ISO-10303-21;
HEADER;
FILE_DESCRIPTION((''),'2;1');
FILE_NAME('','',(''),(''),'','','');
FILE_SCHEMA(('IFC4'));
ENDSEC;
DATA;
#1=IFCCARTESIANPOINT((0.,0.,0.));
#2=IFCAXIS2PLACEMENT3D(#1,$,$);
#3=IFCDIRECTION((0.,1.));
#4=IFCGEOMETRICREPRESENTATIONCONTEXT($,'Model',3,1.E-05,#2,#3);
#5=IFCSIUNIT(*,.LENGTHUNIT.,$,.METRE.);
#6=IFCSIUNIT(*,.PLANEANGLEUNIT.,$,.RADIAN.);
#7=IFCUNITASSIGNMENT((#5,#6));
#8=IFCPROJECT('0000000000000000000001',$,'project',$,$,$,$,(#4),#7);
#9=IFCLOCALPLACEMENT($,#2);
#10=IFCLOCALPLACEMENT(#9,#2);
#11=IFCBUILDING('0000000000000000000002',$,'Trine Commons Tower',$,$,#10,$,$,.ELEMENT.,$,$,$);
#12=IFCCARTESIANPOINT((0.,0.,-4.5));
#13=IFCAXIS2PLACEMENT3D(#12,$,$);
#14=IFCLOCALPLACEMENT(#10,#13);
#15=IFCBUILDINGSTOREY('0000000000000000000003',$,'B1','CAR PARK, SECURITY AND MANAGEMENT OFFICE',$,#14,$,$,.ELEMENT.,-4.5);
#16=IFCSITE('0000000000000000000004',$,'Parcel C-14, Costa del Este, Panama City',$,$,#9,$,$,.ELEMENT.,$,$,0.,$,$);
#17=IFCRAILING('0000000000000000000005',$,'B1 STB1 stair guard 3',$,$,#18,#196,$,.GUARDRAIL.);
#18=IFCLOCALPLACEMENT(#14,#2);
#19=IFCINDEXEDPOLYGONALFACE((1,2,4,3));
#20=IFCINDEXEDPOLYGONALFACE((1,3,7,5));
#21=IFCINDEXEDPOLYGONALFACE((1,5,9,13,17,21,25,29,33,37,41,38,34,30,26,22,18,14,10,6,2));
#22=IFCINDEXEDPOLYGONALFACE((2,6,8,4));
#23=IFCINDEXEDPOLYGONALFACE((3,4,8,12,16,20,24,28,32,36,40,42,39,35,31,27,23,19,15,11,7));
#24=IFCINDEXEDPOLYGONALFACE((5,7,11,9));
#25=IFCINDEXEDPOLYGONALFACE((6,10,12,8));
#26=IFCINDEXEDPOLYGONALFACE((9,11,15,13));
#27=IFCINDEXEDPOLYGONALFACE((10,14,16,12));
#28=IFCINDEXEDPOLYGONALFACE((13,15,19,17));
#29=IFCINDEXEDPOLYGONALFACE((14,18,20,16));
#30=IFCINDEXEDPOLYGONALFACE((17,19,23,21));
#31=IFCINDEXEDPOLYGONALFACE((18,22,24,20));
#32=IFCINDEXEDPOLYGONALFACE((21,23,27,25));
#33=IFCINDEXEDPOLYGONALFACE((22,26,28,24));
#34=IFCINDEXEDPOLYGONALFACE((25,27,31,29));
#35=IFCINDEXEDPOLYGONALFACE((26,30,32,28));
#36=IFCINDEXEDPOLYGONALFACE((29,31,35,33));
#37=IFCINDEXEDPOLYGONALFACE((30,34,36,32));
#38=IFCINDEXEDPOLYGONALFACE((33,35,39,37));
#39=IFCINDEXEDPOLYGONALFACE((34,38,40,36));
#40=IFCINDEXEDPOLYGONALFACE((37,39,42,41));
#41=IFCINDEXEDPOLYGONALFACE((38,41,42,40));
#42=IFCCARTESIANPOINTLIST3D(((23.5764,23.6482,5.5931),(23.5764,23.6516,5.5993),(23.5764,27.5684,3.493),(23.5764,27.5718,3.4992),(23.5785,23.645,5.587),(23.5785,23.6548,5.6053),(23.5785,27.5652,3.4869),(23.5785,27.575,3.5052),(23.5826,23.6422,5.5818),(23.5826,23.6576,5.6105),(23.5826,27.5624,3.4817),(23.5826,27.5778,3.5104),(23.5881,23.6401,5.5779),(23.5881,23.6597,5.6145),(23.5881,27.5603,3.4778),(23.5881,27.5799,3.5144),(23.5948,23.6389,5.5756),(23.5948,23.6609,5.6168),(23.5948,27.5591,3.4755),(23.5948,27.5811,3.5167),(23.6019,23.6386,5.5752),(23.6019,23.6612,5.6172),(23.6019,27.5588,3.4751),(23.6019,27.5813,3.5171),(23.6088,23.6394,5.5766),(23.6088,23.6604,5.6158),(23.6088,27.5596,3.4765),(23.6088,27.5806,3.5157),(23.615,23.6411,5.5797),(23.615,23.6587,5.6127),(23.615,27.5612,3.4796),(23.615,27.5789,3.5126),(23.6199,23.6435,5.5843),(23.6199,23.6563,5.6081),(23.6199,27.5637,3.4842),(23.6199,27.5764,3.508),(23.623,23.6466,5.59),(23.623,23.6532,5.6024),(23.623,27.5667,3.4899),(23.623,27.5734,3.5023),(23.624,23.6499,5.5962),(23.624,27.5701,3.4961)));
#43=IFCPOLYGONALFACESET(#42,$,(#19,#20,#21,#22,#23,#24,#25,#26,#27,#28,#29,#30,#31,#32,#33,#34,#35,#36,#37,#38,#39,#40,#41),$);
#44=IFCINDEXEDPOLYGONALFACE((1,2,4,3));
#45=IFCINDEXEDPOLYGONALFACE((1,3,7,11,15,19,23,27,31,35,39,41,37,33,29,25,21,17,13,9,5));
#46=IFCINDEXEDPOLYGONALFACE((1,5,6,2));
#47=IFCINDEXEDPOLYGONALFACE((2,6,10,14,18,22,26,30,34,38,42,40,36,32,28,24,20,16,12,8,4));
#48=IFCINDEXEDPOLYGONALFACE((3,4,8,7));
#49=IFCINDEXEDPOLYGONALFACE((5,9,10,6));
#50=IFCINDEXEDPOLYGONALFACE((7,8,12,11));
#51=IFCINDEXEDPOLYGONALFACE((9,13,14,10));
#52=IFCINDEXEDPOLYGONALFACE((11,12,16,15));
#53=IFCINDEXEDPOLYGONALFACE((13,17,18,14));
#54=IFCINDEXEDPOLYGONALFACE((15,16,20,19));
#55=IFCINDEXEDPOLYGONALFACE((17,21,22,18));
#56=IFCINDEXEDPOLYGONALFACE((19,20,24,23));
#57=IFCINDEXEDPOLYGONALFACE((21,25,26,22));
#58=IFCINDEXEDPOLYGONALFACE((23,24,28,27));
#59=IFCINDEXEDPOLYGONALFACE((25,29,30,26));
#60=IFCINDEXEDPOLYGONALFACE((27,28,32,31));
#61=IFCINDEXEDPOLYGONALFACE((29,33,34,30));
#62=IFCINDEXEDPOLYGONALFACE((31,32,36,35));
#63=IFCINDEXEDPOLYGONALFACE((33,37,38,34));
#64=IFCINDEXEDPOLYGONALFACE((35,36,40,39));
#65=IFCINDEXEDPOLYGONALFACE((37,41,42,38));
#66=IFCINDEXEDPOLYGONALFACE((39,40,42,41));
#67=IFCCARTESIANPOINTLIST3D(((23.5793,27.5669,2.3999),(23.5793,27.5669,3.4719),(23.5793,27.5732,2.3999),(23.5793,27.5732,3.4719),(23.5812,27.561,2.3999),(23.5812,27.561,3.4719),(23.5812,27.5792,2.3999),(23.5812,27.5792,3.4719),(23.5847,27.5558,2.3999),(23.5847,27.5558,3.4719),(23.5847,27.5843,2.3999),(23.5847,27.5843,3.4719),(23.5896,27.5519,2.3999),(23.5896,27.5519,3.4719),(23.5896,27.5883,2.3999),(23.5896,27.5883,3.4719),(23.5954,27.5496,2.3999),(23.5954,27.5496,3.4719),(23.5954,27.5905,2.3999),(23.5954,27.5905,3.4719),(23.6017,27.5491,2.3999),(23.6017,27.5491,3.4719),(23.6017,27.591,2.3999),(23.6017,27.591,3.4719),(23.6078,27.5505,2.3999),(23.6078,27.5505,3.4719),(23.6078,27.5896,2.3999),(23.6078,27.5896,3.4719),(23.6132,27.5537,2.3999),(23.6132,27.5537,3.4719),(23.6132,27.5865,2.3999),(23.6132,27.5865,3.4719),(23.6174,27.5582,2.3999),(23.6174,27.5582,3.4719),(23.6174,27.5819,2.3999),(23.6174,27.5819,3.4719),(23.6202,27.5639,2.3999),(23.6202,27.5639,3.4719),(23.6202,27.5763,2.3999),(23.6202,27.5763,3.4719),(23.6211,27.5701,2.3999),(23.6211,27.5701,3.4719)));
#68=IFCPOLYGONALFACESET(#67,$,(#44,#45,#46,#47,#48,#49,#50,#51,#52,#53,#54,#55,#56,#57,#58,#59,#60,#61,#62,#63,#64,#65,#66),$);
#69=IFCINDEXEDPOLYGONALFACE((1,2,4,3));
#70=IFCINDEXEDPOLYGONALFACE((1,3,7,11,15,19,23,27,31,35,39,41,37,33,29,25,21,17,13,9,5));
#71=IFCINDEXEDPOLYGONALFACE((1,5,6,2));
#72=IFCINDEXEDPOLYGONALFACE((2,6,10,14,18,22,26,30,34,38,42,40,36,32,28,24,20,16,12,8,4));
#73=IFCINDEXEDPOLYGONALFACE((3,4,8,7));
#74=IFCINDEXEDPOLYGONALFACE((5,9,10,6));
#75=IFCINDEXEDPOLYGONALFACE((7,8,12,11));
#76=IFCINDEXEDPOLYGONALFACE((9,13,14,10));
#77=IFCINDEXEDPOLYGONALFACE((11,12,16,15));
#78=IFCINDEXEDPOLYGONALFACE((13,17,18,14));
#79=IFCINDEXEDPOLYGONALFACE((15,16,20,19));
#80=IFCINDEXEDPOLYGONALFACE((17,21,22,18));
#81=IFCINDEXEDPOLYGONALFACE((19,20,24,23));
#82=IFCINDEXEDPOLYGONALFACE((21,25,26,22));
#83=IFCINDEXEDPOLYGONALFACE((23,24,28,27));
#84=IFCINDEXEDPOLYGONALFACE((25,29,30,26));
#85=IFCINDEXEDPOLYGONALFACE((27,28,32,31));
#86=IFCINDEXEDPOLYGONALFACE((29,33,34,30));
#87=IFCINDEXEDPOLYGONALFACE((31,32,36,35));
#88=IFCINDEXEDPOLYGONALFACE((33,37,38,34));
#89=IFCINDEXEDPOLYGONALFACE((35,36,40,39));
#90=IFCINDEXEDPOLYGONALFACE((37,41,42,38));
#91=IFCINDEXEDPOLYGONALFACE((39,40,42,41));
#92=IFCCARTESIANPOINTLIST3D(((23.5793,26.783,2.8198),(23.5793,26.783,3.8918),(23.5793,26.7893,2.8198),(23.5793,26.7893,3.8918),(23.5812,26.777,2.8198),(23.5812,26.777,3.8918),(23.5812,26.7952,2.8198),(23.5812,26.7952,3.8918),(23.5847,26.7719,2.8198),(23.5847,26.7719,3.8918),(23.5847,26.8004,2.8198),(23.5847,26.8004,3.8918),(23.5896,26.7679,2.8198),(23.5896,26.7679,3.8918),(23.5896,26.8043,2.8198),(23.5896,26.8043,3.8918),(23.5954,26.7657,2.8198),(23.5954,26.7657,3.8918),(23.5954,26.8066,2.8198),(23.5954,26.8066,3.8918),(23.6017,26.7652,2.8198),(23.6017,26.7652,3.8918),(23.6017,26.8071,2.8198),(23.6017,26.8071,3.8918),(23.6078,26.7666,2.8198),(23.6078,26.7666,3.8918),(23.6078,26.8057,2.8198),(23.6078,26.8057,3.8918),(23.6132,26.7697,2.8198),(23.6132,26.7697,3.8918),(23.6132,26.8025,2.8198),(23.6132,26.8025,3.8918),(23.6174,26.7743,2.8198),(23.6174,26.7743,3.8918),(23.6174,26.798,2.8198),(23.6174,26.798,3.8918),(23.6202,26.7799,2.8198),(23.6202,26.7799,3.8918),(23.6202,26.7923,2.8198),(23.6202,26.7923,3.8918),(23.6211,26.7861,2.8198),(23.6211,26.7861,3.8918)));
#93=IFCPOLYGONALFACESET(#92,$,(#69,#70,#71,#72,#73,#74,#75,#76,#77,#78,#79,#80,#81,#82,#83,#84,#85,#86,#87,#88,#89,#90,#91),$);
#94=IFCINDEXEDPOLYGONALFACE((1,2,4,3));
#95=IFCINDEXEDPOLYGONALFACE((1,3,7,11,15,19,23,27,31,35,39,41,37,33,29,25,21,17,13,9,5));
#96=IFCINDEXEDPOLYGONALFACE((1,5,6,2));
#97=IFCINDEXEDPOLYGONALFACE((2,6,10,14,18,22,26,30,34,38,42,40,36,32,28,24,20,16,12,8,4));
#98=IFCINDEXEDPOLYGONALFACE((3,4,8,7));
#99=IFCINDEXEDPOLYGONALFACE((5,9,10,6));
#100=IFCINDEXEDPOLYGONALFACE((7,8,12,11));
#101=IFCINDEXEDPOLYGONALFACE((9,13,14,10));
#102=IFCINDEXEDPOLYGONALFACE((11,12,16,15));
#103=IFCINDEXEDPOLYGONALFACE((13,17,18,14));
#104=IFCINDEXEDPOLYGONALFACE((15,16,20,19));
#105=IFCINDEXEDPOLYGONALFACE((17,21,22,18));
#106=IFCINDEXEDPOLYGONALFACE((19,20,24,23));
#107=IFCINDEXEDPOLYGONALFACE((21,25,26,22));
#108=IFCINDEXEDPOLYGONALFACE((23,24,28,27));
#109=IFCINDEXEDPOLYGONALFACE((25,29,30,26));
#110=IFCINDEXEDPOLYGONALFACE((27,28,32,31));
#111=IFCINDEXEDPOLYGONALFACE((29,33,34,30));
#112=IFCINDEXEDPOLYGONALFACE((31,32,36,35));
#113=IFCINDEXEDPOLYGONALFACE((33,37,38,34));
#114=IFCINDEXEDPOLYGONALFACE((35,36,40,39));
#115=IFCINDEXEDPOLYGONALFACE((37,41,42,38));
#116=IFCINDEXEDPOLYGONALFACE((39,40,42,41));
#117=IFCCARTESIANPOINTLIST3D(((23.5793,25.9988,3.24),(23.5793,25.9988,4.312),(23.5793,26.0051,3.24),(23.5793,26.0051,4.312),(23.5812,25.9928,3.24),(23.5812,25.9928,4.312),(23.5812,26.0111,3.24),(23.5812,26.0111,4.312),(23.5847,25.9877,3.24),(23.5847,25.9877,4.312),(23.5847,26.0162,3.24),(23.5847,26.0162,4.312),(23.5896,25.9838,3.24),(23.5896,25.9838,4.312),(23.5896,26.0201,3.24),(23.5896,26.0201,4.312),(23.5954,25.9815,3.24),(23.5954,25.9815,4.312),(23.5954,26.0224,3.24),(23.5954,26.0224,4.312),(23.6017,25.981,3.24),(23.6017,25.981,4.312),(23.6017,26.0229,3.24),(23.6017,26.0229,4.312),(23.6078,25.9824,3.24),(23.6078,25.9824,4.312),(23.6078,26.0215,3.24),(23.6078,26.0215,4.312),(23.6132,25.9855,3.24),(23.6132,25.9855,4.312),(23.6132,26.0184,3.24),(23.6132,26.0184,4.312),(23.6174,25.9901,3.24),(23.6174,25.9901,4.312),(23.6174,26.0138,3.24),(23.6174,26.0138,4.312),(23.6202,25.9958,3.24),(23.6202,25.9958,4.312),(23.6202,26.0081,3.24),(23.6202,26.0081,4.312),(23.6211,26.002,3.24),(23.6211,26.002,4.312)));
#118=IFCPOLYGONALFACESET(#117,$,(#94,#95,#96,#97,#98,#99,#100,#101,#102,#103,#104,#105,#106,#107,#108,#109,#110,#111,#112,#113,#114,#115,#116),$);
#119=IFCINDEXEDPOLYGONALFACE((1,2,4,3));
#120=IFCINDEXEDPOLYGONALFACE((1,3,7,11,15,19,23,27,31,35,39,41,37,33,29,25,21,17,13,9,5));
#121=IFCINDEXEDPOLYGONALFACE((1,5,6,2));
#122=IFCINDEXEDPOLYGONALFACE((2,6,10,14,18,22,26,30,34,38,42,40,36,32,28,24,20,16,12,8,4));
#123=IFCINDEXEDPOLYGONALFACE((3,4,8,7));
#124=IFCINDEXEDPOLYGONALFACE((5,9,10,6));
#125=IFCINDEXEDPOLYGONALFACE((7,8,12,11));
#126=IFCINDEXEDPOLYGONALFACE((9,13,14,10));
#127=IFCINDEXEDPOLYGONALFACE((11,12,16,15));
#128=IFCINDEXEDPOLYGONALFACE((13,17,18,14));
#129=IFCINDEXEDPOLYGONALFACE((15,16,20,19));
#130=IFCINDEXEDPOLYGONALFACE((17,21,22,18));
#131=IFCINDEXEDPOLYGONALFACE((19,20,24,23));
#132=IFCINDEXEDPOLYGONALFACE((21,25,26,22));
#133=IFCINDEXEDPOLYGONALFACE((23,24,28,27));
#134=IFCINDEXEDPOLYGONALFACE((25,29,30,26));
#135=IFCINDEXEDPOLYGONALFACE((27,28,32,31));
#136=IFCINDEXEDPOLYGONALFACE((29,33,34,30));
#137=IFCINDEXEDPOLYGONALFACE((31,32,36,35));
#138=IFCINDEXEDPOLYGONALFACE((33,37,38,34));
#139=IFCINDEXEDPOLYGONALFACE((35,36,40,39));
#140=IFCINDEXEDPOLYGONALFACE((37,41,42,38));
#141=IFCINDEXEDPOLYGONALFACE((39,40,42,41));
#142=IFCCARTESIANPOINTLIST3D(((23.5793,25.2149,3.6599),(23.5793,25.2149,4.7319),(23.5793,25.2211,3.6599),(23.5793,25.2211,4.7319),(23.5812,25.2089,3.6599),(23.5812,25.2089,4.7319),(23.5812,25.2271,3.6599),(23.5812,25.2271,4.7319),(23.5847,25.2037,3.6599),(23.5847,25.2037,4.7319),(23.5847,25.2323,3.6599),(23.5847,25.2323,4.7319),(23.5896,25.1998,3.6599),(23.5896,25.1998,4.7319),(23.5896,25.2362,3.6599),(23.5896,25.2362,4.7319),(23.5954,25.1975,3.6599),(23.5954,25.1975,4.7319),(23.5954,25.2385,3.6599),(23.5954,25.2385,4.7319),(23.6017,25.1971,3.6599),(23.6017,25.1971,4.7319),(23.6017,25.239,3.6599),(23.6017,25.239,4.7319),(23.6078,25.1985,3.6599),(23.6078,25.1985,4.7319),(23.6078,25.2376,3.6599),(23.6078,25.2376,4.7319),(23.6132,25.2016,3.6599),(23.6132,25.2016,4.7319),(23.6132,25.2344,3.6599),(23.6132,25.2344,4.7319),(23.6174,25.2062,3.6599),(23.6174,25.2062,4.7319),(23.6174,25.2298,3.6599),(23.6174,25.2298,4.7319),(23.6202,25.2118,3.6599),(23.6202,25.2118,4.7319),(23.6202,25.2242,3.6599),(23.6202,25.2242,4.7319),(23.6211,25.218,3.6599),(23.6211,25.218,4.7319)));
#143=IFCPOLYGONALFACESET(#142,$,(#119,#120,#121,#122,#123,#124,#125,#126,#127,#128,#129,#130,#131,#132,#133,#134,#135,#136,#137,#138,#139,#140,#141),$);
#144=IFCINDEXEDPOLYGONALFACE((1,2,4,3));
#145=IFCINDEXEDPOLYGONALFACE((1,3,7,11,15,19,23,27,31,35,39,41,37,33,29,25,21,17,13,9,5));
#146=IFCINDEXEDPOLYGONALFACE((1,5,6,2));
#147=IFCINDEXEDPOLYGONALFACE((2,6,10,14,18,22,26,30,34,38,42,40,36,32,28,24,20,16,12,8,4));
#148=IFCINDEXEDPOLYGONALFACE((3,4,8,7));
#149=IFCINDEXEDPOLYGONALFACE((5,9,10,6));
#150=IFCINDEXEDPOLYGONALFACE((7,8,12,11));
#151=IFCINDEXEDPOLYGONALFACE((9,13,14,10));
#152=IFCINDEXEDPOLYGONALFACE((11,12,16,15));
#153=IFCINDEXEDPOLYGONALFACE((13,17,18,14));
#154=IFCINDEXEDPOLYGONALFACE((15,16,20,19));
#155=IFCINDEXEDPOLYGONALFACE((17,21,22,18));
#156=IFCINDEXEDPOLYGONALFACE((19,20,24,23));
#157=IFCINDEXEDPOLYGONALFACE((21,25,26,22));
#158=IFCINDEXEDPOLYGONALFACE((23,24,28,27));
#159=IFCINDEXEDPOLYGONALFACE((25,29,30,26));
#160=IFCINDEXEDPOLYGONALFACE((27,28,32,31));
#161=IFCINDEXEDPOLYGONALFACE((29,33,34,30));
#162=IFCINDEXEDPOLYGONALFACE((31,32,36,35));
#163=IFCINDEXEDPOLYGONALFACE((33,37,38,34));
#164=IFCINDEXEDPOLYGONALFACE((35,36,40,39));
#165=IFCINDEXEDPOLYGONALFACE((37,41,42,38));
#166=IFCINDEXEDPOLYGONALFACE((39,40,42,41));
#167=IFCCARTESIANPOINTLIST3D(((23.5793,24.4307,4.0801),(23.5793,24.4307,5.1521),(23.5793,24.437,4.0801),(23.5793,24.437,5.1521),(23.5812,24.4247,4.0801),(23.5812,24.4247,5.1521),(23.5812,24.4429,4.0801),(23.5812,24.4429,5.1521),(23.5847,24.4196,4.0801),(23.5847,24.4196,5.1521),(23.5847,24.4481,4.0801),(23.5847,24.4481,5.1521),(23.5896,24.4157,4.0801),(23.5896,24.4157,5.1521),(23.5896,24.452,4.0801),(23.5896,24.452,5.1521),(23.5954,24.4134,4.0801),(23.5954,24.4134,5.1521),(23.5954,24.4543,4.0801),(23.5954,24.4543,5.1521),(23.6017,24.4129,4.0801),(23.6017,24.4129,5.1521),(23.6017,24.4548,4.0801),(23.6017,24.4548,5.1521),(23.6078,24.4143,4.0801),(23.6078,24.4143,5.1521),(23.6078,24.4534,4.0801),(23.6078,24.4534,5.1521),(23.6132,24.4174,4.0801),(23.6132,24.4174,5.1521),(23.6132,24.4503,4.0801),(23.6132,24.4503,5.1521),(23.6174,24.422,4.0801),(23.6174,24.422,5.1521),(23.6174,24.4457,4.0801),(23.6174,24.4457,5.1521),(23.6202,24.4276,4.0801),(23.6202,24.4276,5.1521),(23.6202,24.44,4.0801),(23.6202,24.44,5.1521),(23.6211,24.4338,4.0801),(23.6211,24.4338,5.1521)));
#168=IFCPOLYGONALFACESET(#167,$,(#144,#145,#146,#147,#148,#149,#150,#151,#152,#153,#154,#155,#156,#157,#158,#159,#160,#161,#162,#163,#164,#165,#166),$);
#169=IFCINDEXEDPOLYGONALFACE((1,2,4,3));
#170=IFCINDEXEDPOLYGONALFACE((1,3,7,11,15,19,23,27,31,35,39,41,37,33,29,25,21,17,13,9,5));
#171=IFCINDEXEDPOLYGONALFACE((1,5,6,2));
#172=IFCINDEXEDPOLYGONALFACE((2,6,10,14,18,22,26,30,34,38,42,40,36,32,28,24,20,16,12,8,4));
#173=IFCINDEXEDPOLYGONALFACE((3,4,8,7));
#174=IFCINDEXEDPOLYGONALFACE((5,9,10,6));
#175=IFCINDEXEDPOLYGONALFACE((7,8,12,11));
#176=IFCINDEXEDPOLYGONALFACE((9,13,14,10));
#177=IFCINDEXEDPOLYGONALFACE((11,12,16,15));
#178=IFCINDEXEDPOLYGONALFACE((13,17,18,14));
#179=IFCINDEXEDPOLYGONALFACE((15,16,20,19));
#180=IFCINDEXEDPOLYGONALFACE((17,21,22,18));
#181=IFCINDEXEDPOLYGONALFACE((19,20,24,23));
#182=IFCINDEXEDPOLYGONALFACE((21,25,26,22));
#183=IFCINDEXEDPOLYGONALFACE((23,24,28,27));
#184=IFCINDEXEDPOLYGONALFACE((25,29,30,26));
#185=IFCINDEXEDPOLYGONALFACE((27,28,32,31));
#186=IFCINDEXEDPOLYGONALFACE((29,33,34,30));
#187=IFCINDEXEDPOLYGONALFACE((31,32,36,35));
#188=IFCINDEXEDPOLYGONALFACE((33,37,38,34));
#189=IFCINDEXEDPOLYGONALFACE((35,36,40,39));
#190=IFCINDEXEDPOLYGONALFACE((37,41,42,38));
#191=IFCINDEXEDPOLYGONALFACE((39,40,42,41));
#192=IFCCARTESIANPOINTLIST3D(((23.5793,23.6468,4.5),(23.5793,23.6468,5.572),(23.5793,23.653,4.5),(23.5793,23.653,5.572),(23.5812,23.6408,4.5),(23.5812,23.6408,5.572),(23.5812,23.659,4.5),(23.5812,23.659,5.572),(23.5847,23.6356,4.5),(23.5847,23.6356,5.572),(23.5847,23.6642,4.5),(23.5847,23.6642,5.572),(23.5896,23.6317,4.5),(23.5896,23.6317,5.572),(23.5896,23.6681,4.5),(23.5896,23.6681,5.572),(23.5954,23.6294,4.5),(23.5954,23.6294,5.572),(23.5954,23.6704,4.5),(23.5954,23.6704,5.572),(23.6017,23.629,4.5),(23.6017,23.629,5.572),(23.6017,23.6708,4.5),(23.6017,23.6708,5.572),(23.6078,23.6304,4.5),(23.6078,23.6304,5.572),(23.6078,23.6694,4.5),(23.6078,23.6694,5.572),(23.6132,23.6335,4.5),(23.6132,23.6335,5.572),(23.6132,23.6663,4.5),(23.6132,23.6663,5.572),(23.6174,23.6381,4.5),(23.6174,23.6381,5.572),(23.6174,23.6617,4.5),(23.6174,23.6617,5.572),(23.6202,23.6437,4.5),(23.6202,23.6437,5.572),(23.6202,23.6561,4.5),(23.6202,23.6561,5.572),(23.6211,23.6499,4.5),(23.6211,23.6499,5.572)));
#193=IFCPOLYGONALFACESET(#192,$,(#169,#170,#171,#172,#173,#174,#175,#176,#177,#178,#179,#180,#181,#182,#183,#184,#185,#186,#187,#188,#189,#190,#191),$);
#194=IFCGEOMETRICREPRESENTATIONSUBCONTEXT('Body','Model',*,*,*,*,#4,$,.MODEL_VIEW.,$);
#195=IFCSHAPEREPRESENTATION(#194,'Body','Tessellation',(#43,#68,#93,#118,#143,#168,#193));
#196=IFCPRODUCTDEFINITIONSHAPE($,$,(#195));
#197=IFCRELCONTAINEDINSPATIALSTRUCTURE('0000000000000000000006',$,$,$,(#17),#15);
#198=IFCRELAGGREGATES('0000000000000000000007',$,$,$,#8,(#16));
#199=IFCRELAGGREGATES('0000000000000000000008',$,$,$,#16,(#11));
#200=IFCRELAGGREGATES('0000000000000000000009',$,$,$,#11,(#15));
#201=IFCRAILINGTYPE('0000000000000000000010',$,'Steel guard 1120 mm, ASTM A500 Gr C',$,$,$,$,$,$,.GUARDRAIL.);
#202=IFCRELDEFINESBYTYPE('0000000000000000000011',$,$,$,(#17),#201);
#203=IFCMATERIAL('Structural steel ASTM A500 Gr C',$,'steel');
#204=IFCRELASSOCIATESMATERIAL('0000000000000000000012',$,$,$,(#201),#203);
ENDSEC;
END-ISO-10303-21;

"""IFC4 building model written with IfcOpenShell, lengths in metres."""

from ifc_helpers import new_model, si_unit, direction, frame, origin, origin_2d, place, context, subcontext, project, spatial, circle, extrude, material, type_object, element, save


model = new_model("IFC4")

# Units and contexts
model_context = context("Model", 3, precision=1e-05, world=origin(), true_north=direction((0.0, 1.0)))
body_context = subcontext(model_context, "Body", "Model", "MODEL_VIEW")
ifc_project = project(units=[si_unit("LENGTHUNIT", "METRE"), si_unit("PLANEANGLEUNIT", "RADIAN")], contexts=[model_context])

# Site, building, storey
site_placement = place(None, origin())
site = spatial("IfcSite", under=ifc_project, at=site_placement, Name="Parcel C-14, Costa del Este, Panama City", CompositionType="ELEMENT", RefElevation=0.0)
building_placement = place(site_placement, origin())
building = spatial("IfcBuilding", under=site, at=building_placement, Name="Trine Commons Tower", CompositionType="ELEMENT")
storey_placement = place(building_placement, frame((0.0, 0.0, -4.5)))
storey = spatial("IfcBuildingStorey", under=building, at=storey_placement, Name="B1", Description="CAR PARK, SECURITY AND MANAGEMENT OFFICE", CompositionType="ELEMENT", Elevation=-4.5)

# Railing
ifc_material_1 = material(Name="Structural steel ASTM A500 Gr C", Category="steel")
railing_type = type_object("IfcRailingType", Name="Steel guard 1120 mm, ASTM A500 Gr C", PredefinedType="GUARDRAIL", material=ifc_material_1)
railing_1_placement = place(storey_placement, frame((23.6001, 27.5701, 2.3999)))
element("IfcRailing", 1, at=railing_1_placement, inside=storey, type_object=railing_type, Name="B1 STB1 stair guard 3", PredefinedType="GUARDRAIL", context=body_context, shape_type="SweptSolid", body=[
    extrude(circle(Radius=0.0239, at=origin_2d()), frame((0.0, 0.0, 1.0962), z_axis=(0.0, -0.881479, 0.472223), x_axis=(1.0, 0.0, 0.0)), (0.0, 0.0, 1.0), 4.4473),
    extrude(circle(Radius=0.021, at=origin_2d()), origin(), (0.0, 0.0, 1.0), 1.072),
    extrude(circle(Radius=0.021, at=origin_2d()), frame((0.0, -0.7839, 0.4199)), (0.0, 0.0, 1.0), 1.072),
    extrude(circle(Radius=0.021, at=origin_2d()), frame((0.0, -1.5681, 0.8401)), (0.0, 0.0, 1.0), 1.072),
    extrude(circle(Radius=0.021, at=origin_2d()), frame((0.0, -2.3521, 1.26)), (0.0, 0.0, 1.0), 1.072),
    extrude(circle(Radius=0.021, at=origin_2d()), frame((0.0, -3.1362, 1.6802)), (0.0, 0.0, 1.0), 1.072),
    extrude(circle(Radius=0.021, at=origin_2d()), frame((0.0, -3.9202, 2.1001)), (0.0, 0.0, 1.0), 1.072),
])

save(model, "model.ifc")
